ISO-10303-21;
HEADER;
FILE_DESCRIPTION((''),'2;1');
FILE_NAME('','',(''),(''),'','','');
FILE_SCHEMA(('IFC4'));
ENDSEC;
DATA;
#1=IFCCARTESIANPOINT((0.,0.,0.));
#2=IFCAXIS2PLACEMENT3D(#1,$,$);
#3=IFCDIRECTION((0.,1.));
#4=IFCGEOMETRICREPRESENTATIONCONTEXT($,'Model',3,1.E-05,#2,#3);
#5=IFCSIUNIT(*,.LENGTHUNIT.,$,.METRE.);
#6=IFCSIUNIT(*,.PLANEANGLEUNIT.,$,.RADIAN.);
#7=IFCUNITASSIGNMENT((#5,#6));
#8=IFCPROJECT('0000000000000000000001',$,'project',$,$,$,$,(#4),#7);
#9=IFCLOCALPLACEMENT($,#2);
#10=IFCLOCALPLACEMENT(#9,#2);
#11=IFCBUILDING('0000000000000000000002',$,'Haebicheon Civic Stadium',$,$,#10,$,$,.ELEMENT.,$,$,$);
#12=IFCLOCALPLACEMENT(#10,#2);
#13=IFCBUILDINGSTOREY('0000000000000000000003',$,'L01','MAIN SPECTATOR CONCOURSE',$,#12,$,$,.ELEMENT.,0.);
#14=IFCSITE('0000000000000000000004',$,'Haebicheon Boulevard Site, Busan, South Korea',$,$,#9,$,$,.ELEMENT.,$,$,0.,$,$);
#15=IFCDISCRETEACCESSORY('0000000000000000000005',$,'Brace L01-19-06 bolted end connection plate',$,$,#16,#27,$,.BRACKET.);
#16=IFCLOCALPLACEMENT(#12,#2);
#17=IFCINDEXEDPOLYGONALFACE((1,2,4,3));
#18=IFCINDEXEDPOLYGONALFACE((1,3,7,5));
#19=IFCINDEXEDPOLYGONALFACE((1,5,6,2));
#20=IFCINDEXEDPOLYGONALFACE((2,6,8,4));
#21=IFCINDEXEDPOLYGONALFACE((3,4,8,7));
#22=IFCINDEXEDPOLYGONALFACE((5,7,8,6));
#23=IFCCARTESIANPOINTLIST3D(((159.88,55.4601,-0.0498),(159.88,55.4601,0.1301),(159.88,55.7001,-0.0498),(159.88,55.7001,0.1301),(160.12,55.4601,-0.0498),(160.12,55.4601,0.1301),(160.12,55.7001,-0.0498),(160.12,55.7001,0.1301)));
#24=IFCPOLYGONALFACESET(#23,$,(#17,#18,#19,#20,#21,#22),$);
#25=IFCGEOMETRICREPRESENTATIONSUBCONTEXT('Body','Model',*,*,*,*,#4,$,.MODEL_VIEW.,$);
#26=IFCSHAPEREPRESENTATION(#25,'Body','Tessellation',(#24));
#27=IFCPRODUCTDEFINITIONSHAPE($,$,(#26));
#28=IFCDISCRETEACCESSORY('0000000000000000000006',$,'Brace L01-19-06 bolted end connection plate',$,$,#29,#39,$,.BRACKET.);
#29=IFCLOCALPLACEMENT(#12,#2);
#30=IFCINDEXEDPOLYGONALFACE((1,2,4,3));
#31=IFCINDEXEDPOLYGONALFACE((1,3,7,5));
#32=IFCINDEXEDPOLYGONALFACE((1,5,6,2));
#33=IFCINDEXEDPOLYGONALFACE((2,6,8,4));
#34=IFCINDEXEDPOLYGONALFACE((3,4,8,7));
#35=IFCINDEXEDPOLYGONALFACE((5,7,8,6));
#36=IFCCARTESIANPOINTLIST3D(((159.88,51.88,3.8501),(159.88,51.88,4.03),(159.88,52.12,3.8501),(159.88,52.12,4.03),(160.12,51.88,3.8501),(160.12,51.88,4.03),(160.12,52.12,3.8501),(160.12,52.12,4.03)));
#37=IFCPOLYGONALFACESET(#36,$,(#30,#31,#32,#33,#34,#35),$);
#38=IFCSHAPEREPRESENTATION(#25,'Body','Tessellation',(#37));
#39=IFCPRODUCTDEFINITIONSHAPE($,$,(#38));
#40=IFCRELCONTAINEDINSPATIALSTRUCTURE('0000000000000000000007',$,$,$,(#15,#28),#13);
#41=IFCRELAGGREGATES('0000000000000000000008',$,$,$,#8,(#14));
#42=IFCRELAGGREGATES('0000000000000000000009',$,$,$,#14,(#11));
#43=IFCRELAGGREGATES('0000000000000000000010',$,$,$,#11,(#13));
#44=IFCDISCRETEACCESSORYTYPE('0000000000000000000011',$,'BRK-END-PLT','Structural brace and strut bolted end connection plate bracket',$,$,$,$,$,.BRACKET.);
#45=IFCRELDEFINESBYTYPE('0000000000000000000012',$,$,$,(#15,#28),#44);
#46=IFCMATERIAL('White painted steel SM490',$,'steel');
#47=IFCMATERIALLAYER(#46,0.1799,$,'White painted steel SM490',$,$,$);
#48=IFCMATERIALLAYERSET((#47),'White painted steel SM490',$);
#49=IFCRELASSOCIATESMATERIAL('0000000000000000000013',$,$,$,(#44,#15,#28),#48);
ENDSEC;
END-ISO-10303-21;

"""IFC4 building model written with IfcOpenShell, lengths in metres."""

from ifc_helpers import new_model, si_unit, direction, frame, origin, origin_2d, place, context, subcontext, project, spatial, rectangle, extrude, material, layer, layer_set, type_object, element, save


model = new_model("IFC4")

# Units and contexts
model_context = context("Model", 3, precision=1e-05, world=origin(), true_north=direction((0.0, 1.0)))
body_context = subcontext(model_context, "Body", "Model", "MODEL_VIEW")
ifc_project = project(units=[si_unit("LENGTHUNIT", "METRE"), si_unit("PLANEANGLEUNIT", "RADIAN")], contexts=[model_context])

# Site, building, storey
site_placement = place(None, origin())
site = spatial("IfcSite", under=ifc_project, at=site_placement, Name="Haebicheon Boulevard Site, Busan, South Korea", CompositionType="ELEMENT", RefElevation=0.0)
building_placement = place(site_placement, origin())
building = spatial("IfcBuilding", under=site, at=building_placement, Name="Haebicheon Civic Stadium", CompositionType="ELEMENT")
storey_placement = place(building_placement, origin())
storey = spatial("IfcBuildingStorey", under=building, at=storey_placement, Name="L01", Description="MAIN SPECTATOR CONCOURSE", CompositionType="ELEMENT", Elevation=0.0)

# Discrete accessories
ifc_material_1 = material(Name="White painted steel SM490", Category="steel")
ifc_layer_1 = layer(ifc_material_1, 0.1799, Name="White painted steel SM490")
ifc_layer_set_1 = layer_set([ifc_layer_1], Name="White painted steel SM490")
discrete_accessory_type = type_object("IfcDiscreteAccessoryType", Name="BRK-END-PLT", Description="Structural brace and strut bolted end connection plate bracket", PredefinedType="BRACKET", material=ifc_layer_set_1)
for number, where, z_axis, x_axis, name in (
    (1, (160.0, 55.5801, -0.0498), (0.0, 0.0, 1.0), (1.0, 0.0, 0.0), "Brace L01-19-06 bolted end connection plate"),
    (2, (160.0, 52.0, 3.8501), (0.0, 0.0, 1.0), (1.0, 0.0, 0.0), "Brace L01-19-06 bolted end connection plate"),
):
    element("IfcDiscreteAccessory", number, at=place(storey_placement, frame(where, z_axis=z_axis, x_axis=x_axis)), inside=storey, type_object=discrete_accessory_type, material=ifc_layer_set_1, Name=name, PredefinedType="BRACKET", context=body_context, shape_type="SweptSolid", body=[
        extrude(rectangle(XDim=0.24, YDim=0.24, at=origin_2d()), origin(), (0.0, 0.0, 1.0), 0.1799),
    ])

save(model, "model.ifc")
